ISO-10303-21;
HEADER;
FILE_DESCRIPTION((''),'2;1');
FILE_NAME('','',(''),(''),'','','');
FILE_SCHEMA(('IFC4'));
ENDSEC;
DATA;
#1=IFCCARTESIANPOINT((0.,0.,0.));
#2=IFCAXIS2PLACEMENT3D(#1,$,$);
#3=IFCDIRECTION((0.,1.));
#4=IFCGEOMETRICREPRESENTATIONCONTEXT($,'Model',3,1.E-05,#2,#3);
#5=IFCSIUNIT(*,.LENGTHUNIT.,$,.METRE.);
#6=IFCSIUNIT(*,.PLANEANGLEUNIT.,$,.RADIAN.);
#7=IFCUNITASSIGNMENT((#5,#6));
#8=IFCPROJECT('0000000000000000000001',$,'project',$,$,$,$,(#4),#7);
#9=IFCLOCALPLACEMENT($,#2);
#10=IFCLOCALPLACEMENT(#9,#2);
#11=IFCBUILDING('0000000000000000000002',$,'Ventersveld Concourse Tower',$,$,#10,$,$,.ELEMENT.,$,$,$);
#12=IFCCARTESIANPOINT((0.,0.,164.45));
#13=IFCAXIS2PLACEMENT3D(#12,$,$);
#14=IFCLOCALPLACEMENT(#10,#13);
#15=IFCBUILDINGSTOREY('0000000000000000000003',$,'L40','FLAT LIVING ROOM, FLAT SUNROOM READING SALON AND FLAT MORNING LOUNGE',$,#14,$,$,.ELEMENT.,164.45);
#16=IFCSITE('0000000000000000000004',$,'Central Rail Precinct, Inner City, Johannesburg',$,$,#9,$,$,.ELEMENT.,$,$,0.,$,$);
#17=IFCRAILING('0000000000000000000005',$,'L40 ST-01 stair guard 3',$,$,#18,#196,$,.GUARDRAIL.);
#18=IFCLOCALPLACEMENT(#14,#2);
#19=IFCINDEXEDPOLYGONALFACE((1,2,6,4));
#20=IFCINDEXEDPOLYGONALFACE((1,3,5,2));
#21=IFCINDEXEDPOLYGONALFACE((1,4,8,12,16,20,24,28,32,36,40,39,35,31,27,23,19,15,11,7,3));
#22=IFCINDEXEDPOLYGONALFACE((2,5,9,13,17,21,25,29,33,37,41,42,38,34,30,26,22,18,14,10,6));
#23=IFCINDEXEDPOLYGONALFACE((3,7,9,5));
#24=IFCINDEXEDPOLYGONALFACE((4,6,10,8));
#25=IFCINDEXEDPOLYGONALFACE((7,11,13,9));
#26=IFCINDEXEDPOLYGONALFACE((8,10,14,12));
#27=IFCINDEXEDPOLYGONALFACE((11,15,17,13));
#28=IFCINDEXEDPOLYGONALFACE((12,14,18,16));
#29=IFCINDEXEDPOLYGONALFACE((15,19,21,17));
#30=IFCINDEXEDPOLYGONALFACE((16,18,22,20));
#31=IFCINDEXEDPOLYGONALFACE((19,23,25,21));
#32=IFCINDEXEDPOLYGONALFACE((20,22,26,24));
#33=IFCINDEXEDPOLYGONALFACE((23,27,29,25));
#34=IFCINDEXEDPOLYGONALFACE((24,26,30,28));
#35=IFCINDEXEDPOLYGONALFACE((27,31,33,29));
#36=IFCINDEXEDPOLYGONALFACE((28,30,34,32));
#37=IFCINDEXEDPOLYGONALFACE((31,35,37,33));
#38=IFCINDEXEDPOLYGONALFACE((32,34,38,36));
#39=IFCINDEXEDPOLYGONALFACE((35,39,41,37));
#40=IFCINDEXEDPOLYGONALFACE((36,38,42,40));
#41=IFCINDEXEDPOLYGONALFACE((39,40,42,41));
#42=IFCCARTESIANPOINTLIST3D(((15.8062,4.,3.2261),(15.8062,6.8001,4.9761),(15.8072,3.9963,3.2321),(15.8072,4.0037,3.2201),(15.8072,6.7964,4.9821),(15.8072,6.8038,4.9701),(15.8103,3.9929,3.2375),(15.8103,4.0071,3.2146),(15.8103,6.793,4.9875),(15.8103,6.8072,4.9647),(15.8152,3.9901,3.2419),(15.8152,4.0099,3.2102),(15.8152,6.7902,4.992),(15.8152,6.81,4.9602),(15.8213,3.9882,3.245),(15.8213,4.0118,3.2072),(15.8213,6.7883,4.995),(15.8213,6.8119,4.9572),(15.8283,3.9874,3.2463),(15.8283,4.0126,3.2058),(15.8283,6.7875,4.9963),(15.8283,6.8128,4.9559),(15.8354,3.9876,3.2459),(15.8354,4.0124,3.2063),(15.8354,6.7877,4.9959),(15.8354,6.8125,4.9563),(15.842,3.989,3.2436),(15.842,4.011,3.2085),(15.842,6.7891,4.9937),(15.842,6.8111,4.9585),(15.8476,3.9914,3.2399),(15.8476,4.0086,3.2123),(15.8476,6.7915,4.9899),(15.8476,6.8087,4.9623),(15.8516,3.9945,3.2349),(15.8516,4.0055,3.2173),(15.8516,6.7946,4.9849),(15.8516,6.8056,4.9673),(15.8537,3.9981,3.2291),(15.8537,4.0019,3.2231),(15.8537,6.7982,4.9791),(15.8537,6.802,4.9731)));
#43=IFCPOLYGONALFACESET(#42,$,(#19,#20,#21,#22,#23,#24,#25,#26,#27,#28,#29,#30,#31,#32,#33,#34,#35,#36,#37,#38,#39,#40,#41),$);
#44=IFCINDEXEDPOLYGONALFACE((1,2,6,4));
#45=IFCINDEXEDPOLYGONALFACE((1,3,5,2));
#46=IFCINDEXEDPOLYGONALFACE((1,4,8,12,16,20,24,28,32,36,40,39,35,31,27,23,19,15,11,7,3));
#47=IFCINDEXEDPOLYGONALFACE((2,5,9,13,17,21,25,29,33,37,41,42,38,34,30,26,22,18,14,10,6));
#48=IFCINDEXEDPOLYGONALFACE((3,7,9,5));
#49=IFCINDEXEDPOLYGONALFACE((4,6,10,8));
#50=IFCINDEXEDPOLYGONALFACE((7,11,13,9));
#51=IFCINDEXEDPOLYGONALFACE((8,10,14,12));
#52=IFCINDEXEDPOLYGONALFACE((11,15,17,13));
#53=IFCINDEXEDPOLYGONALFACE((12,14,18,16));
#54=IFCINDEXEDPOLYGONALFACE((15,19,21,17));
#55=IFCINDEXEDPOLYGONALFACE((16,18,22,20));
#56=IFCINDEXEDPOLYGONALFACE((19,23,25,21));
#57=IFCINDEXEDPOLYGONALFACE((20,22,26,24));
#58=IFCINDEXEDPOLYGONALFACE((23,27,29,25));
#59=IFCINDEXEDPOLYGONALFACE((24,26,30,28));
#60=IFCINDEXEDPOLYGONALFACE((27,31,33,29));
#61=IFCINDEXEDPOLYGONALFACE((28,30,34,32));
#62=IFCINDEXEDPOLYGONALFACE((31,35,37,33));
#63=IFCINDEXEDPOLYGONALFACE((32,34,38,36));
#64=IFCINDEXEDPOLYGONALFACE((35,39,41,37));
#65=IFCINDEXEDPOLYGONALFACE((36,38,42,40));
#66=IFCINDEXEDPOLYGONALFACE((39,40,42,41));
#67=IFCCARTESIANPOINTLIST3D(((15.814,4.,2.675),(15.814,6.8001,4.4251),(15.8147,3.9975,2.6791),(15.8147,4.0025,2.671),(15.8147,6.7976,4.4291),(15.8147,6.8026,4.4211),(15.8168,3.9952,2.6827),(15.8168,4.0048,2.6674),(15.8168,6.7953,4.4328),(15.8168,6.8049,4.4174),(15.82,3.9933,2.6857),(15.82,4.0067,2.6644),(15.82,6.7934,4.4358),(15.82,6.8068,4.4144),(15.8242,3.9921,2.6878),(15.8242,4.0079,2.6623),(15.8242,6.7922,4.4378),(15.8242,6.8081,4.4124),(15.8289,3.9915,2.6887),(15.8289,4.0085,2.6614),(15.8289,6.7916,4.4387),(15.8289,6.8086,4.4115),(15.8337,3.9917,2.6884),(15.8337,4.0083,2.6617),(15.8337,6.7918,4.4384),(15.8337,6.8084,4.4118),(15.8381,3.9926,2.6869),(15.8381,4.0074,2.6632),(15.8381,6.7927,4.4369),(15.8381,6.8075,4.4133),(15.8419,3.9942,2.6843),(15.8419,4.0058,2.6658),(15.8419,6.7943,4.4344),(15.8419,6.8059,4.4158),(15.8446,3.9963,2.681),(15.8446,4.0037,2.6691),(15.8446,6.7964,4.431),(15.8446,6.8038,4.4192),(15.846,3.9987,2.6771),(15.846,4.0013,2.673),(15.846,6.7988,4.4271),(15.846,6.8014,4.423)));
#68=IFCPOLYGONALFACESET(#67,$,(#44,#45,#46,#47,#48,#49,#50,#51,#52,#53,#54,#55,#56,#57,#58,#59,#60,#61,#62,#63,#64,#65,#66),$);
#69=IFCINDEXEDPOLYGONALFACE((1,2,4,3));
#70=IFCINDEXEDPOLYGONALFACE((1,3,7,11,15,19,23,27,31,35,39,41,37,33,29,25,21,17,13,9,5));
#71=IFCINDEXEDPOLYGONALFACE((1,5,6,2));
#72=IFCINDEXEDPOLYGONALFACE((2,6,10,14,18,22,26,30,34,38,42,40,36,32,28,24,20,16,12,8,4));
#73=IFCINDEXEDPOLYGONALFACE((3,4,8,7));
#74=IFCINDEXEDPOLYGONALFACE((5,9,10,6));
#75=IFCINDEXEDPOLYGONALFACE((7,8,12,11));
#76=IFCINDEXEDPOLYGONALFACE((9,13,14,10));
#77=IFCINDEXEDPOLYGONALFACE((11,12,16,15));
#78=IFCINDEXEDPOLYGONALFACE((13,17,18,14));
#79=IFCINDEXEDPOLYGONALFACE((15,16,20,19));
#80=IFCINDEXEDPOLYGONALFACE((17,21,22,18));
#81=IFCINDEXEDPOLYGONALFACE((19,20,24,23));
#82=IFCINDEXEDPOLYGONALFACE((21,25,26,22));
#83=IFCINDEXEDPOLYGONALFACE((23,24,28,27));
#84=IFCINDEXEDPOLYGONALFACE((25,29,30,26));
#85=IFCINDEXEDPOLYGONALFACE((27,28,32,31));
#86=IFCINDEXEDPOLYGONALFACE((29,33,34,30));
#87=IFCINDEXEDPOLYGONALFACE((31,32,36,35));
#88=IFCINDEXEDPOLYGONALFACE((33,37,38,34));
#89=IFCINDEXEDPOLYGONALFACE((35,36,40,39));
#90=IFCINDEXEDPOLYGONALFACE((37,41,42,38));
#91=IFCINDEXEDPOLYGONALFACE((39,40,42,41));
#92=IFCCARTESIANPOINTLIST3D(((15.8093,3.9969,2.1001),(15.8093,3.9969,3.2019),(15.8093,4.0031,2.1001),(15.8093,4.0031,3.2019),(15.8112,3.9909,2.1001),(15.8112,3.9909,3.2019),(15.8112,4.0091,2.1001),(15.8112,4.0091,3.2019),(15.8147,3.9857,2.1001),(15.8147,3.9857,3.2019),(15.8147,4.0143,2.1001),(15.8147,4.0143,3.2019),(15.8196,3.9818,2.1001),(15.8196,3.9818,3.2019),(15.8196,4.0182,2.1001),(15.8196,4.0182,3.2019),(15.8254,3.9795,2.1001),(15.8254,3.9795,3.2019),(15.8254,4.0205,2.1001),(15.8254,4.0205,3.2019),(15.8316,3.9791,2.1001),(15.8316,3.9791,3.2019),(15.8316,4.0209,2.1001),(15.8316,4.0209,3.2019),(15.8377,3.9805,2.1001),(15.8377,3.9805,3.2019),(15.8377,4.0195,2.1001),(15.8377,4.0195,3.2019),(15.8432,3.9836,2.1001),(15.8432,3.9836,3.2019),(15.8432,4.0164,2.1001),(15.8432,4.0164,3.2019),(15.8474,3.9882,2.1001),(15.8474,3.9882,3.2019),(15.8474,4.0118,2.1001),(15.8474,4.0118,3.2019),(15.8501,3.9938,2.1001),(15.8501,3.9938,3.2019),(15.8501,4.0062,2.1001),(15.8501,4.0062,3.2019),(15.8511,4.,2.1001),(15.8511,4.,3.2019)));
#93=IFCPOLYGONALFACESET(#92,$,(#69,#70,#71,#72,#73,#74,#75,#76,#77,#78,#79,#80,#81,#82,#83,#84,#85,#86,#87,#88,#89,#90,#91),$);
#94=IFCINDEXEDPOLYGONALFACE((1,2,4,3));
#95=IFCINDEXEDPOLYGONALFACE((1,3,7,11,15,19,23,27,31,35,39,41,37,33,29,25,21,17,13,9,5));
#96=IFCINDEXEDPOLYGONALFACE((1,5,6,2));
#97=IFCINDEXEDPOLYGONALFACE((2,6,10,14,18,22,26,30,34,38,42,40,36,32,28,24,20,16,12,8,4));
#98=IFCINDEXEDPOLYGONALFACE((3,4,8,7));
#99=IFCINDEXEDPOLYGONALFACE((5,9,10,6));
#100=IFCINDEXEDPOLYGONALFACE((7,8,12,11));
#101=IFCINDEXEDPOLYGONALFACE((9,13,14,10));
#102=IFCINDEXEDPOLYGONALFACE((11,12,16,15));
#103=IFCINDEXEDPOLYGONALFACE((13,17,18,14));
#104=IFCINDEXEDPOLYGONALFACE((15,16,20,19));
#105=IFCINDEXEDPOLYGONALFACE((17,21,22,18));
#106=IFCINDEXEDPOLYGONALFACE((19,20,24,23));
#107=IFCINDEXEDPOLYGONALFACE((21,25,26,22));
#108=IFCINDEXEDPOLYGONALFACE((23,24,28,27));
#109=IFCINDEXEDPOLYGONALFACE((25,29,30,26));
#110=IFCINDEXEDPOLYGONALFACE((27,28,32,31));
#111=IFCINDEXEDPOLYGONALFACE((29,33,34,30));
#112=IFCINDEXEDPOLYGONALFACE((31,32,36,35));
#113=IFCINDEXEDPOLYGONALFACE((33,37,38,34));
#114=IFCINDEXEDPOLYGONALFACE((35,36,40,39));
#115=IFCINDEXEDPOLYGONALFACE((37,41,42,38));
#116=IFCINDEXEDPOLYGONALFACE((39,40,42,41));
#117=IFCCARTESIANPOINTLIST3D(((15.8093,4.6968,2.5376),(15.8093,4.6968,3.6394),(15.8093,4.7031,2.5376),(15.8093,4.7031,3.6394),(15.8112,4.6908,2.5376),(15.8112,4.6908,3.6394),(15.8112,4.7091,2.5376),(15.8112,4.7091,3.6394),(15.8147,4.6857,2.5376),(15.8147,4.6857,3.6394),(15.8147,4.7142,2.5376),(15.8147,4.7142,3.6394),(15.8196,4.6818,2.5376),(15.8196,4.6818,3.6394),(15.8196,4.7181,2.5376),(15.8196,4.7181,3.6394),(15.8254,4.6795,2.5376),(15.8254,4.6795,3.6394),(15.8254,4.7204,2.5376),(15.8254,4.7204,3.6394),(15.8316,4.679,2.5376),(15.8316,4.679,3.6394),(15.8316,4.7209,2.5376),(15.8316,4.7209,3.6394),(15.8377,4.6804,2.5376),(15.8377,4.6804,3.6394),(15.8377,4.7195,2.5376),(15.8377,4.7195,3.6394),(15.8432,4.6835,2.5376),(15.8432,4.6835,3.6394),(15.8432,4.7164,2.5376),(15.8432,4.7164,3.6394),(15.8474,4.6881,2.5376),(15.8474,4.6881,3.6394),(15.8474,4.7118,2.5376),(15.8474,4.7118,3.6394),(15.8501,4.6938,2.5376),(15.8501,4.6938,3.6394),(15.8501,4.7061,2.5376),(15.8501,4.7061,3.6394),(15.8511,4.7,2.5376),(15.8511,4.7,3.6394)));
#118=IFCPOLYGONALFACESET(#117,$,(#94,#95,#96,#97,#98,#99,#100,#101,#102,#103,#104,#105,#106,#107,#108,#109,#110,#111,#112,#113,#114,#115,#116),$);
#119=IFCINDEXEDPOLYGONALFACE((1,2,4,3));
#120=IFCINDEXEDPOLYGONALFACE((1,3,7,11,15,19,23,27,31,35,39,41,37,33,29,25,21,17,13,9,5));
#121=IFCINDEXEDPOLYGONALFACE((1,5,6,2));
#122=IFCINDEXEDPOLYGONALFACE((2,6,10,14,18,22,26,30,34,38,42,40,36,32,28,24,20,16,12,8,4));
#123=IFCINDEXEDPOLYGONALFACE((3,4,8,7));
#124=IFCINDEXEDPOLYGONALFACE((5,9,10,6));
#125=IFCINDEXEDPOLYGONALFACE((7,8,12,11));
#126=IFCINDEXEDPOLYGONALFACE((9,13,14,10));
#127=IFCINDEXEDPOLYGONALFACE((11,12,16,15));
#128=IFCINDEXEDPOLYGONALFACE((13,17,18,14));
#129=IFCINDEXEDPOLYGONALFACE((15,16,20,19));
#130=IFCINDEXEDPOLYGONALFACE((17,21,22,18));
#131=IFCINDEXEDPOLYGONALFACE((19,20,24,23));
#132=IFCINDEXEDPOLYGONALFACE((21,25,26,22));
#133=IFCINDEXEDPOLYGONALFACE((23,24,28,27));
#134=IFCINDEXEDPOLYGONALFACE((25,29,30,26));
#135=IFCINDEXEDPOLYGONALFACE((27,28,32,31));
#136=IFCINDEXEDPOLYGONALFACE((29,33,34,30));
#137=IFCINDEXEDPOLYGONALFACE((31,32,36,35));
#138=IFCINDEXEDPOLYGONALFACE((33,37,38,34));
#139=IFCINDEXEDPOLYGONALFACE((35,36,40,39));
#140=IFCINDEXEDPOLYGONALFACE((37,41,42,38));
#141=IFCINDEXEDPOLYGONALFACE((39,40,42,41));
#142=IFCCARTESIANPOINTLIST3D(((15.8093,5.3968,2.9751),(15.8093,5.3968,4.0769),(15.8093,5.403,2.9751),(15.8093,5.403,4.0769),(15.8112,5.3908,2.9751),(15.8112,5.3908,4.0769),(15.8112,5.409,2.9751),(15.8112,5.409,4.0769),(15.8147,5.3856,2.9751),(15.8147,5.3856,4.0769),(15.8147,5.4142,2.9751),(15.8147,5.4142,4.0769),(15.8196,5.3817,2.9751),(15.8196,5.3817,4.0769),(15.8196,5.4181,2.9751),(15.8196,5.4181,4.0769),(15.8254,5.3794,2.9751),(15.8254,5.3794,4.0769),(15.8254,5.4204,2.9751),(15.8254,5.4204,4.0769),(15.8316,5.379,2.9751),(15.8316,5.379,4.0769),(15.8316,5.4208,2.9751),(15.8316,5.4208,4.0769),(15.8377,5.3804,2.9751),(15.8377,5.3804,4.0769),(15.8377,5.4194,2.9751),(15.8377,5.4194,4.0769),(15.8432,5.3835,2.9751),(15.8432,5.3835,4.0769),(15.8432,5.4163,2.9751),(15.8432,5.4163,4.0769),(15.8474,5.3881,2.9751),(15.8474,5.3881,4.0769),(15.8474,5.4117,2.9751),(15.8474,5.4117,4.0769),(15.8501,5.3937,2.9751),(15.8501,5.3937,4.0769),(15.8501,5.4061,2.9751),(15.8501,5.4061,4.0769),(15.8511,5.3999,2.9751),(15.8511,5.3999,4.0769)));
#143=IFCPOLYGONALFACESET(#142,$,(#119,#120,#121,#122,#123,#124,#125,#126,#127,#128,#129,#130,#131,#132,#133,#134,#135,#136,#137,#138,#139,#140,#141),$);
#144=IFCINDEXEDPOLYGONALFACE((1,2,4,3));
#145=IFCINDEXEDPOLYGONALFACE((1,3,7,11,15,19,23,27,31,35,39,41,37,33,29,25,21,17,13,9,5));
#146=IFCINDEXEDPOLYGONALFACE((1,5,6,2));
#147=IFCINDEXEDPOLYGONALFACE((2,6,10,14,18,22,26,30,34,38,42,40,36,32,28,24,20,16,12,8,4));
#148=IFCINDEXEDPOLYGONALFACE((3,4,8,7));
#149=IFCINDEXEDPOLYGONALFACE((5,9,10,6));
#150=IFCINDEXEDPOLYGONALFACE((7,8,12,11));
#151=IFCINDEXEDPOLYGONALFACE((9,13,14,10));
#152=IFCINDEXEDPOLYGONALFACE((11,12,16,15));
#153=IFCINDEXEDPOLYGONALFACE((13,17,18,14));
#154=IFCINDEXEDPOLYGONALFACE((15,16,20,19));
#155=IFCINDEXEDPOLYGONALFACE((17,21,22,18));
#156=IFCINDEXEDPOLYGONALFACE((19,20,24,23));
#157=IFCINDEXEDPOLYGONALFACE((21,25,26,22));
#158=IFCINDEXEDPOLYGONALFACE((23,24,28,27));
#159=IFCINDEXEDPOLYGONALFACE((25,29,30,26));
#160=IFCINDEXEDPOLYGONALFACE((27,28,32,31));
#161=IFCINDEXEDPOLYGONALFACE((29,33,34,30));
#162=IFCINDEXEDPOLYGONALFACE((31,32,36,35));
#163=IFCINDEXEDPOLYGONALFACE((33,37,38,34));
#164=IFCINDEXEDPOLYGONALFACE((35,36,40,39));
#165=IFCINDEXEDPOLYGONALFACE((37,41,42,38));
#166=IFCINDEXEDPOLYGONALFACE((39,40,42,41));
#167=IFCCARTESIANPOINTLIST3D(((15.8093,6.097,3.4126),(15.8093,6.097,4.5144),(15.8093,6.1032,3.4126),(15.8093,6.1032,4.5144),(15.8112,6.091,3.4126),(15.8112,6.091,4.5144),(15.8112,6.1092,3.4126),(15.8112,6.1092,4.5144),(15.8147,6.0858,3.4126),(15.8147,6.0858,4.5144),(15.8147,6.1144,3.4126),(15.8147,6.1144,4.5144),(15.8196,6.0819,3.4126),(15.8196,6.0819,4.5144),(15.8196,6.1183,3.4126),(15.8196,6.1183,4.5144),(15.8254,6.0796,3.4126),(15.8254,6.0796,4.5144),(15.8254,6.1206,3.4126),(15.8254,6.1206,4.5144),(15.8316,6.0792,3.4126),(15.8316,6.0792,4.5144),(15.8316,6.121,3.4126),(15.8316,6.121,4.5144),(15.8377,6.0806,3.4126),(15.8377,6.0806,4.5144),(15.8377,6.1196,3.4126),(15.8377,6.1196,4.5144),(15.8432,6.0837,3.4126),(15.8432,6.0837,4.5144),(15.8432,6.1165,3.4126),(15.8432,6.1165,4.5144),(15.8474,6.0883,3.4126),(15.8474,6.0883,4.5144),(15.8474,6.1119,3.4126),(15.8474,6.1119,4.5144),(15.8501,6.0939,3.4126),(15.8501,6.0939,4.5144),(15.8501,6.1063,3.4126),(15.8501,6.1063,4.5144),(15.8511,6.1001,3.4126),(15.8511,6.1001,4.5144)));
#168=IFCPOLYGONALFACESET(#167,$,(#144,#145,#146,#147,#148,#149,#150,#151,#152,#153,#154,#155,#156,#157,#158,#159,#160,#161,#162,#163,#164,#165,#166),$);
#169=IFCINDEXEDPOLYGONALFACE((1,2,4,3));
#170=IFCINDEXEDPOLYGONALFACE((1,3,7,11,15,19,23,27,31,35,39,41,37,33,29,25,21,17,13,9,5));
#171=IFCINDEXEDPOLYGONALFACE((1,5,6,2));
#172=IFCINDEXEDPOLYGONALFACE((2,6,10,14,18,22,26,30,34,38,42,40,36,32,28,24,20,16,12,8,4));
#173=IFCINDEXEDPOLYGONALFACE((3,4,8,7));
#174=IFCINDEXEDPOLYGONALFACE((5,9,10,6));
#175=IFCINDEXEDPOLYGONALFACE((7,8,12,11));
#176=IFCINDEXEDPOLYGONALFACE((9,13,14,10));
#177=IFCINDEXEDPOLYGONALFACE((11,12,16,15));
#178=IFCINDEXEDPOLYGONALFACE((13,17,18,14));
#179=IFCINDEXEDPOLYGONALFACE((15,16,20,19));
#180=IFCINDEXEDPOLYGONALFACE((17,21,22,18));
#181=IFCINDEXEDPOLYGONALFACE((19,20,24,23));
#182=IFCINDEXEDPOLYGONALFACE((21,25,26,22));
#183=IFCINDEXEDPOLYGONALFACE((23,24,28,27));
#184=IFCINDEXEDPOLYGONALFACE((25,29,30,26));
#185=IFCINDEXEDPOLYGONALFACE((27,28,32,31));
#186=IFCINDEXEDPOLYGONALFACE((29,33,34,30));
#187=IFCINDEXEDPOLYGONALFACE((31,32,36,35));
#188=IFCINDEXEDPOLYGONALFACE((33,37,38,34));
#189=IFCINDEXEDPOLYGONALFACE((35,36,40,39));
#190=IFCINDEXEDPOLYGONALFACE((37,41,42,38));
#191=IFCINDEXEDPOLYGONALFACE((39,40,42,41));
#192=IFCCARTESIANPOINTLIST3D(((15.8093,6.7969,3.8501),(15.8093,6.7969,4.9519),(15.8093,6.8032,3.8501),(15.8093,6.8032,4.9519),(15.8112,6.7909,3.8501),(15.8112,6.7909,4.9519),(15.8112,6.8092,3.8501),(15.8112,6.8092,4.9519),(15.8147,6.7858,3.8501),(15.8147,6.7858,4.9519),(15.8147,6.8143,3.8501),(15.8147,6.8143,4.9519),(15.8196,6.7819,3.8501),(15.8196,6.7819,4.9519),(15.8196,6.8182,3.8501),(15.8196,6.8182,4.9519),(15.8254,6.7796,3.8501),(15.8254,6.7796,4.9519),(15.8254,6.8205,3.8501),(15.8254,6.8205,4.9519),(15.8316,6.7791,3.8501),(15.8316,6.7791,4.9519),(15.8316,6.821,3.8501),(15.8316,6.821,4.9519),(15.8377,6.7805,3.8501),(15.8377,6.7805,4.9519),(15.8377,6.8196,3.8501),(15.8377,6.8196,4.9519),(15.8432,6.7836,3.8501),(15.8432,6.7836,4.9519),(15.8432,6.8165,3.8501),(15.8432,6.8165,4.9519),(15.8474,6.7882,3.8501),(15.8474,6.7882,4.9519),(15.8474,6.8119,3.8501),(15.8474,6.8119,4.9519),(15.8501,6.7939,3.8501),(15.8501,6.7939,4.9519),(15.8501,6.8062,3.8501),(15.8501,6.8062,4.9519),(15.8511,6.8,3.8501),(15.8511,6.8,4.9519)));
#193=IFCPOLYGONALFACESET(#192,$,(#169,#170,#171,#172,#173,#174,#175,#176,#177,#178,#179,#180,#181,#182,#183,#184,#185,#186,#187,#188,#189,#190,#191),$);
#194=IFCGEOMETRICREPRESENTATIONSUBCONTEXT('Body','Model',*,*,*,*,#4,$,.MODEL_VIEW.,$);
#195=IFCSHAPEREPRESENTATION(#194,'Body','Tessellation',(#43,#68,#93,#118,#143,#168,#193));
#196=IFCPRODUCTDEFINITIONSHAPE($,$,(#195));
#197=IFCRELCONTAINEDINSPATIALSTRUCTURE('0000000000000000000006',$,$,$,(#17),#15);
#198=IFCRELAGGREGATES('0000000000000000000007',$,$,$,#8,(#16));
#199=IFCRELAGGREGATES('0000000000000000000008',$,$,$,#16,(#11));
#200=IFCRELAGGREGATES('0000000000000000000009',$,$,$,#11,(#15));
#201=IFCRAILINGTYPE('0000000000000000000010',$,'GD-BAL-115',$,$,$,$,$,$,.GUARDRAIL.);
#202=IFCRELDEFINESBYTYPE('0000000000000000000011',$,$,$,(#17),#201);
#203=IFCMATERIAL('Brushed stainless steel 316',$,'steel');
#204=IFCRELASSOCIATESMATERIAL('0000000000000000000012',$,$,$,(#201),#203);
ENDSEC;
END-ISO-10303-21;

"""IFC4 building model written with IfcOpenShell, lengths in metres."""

from ifc_helpers import new_model, si_unit, direction, frame, origin, origin_2d, place, context, subcontext, project, spatial, circle, extrude, material, type_object, element, save


model = new_model("IFC4")

# Units and contexts
model_context = context("Model", 3, precision=1e-05, world=origin(), true_north=direction((0.0, 1.0)))
body_context = subcontext(model_context, "Body", "Model", "MODEL_VIEW")
ifc_project = project(units=[si_unit("LENGTHUNIT", "METRE"), si_unit("PLANEANGLEUNIT", "RADIAN")], contexts=[model_context])

# Site, building, storey
site_placement = place(None, origin())
site = spatial("IfcSite", under=ifc_project, at=site_placement, Name="Central Rail Precinct, Inner City, Johannesburg", CompositionType="ELEMENT", RefElevation=0.0)
building_placement = place(site_placement, origin())
building = spatial("IfcBuilding", under=site, at=building_placement, Name="Ventersveld Concourse Tower", CompositionType="ELEMENT")
storey_placement = place(building_placement, frame((0.0, 0.0, 164.45)))
storey = spatial("IfcBuildingStorey", under=building, at=storey_placement, Name="L40", Description="FLAT LIVING ROOM, FLAT SUNROOM READING SALON AND FLAT MORNING LOUNGE", CompositionType="ELEMENT", Elevation=164.45)

# Shared definitions
ifc_material_1 = material(Name="Brushed stainless steel 316", Category="steel")

# Railing
railing_type_1 = type_object("IfcRailingType", Name="GD-BAL-115", PredefinedType="GUARDRAIL", material=ifc_material_1)
railing_1_placement = place(storey_placement, frame((15.8301, 4.0, 2.1001)))
element("IfcRailing", 1, at=railing_1_placement, inside=storey, type_object=railing_type_1, Name="L40 ST-01 stair guard 3", PredefinedType="GUARDRAIL", context=body_context, shape_type="SweptSolid", body=[
    extrude(circle(Radius=0.0239, at=origin_2d()), frame((0.0, 0.0, 1.126), z_axis=(0.0, 0.848002, 0.529992), x_axis=(-1.0, 0.0, 0.0)), (0.0, 0.0, 1.0), 3.302),
    extrude(circle(Radius=0.0161, at=origin_2d()), frame((0.0, 0.0, 0.575), z_axis=(0.0, 0.848002, 0.529992), x_axis=(-1.0, 0.0, 0.0)), (0.0, 0.0, 1.0), 3.302),
    extrude(circle(Radius=0.021, at=origin_2d()), origin(), (0.0, 0.0, 1.0), 1.1018),
    extrude(circle(Radius=0.021, at=origin_2d()), frame((0.0, 0.7, 0.4375)), (0.0, 0.0, 1.0), 1.1018),
    extrude(circle(Radius=0.021, at=origin_2d()), frame((0.0, 1.3999, 0.875)), (0.0, 0.0, 1.0), 1.1018),
    extrude(circle(Radius=0.021, at=origin_2d()), frame((0.0, 2.1001, 1.3125)), (0.0, 0.0, 1.0), 1.1018),
    extrude(circle(Radius=0.021, at=origin_2d()), frame((0.0, 2.8, 1.75)), (0.0, 0.0, 1.0), 1.1018),
])

save(model, "model.ifc")
